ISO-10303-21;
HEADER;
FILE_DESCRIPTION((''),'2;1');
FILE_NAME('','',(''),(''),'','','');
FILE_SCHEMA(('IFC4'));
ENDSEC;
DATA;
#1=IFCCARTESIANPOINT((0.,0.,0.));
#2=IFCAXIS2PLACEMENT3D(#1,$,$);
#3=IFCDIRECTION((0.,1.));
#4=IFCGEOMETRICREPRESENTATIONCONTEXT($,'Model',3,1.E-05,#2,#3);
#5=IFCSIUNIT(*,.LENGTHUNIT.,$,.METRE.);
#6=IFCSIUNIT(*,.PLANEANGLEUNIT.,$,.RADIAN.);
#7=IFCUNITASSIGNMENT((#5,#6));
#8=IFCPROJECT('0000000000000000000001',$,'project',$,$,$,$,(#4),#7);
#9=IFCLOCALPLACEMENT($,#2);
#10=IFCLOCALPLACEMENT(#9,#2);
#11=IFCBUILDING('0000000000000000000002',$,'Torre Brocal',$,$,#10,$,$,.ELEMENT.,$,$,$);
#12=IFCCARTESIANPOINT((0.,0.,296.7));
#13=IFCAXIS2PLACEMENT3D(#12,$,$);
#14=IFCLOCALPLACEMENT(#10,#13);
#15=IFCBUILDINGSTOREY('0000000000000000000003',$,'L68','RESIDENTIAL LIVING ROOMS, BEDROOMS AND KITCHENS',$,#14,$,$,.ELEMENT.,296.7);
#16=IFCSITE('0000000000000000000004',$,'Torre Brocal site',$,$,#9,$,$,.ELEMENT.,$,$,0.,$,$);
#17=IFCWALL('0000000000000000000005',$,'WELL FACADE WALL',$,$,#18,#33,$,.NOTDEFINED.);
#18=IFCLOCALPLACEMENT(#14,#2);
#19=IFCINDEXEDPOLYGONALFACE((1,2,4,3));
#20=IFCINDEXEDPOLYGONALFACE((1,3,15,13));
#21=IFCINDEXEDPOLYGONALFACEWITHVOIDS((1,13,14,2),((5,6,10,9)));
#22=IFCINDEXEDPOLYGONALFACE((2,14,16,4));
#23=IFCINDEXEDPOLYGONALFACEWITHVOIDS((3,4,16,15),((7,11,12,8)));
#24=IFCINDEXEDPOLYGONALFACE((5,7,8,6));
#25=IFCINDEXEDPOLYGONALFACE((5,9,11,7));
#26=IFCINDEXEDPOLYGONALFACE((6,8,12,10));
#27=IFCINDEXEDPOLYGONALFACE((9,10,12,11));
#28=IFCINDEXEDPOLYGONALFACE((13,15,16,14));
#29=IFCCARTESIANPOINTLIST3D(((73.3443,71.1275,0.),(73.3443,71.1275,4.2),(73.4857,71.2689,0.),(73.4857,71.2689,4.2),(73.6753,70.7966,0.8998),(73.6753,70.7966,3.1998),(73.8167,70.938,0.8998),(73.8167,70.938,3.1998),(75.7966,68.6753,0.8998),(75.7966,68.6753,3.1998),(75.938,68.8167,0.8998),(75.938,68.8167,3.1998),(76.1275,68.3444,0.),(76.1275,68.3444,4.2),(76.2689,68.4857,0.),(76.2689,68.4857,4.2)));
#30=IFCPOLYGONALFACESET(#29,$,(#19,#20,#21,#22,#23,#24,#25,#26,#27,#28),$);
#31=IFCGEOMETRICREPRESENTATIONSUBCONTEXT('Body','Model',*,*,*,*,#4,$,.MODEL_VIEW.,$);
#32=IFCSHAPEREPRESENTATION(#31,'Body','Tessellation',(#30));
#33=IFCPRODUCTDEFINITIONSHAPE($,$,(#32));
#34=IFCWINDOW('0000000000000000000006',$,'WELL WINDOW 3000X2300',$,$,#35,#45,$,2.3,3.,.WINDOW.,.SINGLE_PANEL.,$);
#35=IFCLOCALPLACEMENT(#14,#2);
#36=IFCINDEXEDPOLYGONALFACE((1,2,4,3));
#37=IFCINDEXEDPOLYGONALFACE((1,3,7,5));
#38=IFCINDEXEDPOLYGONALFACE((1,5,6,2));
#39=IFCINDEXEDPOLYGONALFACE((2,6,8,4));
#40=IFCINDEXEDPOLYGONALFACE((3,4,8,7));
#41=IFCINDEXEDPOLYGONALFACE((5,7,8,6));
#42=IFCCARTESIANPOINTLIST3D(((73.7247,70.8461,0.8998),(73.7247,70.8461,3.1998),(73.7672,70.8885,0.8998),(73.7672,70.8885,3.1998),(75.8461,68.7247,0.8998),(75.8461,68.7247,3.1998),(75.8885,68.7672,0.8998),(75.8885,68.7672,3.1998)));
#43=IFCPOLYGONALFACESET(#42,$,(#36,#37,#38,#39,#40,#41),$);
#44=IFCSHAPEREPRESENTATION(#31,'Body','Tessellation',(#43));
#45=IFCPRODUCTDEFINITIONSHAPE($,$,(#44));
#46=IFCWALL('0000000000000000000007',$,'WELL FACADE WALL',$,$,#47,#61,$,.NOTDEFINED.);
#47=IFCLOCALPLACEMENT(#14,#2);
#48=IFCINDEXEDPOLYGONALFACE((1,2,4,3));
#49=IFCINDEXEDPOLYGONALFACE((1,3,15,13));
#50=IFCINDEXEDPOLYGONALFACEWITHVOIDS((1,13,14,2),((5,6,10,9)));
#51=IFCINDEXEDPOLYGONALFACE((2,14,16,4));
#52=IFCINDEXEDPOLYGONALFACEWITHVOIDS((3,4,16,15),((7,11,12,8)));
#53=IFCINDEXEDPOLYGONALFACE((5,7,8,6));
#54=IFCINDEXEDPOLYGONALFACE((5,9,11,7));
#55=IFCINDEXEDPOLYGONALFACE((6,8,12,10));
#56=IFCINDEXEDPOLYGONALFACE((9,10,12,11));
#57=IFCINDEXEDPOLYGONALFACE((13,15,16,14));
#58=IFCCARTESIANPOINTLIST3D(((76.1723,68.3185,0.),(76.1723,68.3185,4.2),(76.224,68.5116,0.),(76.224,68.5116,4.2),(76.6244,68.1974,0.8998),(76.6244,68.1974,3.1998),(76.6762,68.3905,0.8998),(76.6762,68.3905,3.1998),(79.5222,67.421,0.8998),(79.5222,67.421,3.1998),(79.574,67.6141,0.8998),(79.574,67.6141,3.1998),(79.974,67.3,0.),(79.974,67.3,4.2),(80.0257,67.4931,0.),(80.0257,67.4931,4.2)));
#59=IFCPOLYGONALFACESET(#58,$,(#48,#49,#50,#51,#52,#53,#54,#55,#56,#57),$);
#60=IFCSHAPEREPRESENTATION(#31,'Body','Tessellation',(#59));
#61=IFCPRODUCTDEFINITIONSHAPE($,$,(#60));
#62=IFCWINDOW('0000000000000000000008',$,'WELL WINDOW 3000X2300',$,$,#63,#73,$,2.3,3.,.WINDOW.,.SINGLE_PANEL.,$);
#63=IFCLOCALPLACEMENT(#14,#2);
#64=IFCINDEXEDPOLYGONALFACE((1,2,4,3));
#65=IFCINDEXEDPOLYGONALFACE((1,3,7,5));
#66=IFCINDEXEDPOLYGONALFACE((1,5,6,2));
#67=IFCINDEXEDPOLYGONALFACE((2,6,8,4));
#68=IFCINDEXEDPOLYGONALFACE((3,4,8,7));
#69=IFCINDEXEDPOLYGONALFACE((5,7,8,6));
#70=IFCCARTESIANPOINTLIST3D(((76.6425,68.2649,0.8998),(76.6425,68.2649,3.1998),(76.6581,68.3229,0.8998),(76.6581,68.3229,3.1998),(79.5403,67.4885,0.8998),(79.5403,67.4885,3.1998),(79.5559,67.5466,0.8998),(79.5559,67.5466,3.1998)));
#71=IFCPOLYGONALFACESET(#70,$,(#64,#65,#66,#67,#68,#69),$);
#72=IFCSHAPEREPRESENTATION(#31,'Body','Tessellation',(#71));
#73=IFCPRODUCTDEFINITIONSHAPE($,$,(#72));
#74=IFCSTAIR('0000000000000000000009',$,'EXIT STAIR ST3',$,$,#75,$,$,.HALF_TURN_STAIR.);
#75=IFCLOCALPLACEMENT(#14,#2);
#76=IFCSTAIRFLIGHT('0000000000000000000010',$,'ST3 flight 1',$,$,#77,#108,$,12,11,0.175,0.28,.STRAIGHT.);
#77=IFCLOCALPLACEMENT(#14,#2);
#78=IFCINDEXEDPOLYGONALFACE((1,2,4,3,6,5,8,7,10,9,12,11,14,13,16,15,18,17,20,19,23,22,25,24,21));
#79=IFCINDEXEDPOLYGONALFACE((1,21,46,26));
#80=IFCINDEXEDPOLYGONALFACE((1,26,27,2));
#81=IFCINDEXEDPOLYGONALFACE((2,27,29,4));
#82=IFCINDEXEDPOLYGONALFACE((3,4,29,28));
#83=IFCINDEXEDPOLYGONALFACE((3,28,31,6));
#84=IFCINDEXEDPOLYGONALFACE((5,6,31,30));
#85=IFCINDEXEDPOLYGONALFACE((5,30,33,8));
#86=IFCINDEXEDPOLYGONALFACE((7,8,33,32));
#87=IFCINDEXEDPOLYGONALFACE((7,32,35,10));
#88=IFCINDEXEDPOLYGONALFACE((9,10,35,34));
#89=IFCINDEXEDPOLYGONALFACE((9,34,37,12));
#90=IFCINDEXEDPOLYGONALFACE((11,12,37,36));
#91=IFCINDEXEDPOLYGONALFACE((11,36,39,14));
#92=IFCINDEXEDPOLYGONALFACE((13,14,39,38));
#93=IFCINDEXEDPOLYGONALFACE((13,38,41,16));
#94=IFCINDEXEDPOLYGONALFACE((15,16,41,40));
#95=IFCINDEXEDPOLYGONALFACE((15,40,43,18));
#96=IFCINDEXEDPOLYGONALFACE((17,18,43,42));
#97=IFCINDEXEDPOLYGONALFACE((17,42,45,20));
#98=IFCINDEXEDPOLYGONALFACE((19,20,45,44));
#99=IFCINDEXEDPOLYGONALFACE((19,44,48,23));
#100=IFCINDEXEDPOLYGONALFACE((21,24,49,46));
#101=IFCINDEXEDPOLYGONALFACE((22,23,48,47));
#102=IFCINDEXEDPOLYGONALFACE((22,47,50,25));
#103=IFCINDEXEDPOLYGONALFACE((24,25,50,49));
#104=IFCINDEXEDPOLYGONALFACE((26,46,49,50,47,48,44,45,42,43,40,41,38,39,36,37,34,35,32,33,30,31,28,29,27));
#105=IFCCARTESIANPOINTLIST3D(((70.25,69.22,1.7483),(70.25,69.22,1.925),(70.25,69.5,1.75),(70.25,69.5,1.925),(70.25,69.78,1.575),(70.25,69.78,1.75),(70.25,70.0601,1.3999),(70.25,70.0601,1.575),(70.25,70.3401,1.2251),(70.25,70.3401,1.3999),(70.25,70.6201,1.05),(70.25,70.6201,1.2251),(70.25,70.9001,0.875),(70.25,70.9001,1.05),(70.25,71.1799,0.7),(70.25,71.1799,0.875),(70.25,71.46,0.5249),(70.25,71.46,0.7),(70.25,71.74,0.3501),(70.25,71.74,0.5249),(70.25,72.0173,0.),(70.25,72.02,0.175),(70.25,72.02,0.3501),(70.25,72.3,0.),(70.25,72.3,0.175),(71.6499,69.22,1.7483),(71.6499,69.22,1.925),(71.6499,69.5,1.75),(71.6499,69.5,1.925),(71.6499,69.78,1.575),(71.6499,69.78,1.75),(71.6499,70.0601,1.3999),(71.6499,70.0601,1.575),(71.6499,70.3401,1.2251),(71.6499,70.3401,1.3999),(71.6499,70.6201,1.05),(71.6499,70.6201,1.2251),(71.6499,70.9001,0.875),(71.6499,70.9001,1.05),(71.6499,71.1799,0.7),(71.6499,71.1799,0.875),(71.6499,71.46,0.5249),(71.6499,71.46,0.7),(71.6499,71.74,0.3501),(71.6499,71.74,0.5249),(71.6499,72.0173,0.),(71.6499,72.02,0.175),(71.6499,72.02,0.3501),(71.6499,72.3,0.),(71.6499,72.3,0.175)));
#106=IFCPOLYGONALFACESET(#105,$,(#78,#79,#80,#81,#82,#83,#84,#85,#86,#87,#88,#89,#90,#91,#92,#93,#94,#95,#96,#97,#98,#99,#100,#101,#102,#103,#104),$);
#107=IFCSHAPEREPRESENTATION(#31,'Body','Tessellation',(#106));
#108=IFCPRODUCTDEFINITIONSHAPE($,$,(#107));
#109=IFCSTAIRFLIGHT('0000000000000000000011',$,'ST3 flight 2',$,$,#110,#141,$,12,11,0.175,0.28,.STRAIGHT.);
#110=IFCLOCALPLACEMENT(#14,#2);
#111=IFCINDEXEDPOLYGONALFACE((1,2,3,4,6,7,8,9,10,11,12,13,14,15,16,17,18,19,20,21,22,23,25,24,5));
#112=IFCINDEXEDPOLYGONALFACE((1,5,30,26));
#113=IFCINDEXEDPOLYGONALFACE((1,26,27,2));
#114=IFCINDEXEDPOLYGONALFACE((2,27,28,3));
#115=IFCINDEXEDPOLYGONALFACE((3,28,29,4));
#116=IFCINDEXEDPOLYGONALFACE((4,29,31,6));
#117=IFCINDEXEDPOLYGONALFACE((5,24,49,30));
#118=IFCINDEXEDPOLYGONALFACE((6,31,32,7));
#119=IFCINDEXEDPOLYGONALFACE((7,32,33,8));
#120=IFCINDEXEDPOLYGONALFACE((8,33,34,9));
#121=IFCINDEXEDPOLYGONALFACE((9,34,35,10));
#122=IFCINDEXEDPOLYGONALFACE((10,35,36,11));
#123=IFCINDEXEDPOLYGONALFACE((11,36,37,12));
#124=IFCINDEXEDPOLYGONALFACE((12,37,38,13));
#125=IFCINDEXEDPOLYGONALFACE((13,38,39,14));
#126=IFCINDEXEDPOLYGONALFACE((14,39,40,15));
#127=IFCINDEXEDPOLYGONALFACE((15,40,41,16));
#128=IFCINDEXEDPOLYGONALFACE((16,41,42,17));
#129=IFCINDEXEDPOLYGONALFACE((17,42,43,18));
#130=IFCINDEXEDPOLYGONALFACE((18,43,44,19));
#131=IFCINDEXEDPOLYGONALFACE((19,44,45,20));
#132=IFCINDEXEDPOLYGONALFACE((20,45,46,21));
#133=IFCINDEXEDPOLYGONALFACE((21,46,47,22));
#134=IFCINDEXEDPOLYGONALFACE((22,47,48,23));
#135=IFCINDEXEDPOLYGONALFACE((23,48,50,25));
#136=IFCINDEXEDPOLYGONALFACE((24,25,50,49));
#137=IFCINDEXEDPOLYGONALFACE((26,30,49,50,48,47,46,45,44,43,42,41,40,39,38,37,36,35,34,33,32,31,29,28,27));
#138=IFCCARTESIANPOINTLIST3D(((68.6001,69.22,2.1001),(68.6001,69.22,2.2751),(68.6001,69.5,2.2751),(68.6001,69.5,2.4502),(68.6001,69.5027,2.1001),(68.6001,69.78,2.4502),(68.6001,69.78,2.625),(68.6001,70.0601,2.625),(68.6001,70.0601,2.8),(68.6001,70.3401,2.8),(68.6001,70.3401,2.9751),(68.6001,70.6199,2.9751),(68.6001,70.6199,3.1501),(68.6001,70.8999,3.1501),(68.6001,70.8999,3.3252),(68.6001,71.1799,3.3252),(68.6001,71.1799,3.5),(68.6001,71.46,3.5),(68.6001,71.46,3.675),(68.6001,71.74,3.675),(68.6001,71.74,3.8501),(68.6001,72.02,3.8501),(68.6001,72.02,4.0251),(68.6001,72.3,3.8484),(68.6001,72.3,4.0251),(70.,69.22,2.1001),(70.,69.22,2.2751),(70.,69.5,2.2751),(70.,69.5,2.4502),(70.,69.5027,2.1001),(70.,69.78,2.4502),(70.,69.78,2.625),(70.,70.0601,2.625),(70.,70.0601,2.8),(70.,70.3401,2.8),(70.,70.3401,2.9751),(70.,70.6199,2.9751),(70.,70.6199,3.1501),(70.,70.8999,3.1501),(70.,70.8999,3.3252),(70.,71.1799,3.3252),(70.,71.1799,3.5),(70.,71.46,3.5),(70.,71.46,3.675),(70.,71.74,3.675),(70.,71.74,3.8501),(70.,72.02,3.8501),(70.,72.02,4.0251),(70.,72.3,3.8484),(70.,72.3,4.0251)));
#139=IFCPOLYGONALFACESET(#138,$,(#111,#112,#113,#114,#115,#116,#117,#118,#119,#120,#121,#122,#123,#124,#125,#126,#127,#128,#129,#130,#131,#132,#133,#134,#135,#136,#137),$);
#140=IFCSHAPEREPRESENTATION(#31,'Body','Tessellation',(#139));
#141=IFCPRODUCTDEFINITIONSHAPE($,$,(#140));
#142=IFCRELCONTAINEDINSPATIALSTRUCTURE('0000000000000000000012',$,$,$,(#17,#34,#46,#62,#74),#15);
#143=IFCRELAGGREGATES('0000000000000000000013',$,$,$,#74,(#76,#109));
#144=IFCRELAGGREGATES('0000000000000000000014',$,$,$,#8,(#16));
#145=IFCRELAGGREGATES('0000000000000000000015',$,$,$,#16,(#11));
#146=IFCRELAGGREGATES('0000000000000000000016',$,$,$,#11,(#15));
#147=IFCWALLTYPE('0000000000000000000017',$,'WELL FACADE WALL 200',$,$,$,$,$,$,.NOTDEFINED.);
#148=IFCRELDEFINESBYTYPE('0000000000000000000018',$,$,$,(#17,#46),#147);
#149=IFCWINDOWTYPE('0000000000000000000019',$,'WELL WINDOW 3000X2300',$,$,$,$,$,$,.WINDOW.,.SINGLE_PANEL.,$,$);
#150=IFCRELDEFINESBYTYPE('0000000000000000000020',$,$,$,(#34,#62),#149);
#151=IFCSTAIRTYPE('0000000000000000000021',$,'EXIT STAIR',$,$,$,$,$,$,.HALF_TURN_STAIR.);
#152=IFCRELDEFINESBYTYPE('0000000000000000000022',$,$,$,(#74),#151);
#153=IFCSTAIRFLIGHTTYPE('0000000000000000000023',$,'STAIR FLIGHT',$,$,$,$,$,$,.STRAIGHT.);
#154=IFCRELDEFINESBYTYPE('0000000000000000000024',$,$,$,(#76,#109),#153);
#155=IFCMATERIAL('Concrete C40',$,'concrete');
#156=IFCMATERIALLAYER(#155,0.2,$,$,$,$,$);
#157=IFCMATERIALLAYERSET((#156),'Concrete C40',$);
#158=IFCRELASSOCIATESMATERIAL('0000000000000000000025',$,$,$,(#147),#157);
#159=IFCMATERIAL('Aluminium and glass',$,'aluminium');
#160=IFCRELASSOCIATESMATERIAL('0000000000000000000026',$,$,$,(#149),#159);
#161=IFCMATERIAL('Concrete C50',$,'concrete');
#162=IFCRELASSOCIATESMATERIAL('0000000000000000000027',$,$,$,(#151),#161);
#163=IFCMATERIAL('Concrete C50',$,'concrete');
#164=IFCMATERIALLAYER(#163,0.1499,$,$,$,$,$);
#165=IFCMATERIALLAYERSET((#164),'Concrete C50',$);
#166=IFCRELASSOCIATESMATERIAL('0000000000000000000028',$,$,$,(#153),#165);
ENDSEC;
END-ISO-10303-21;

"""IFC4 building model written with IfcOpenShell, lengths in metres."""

from ifc_helpers import new_model, si_unit, direction, frame, frame_2d, origin, place, context, subcontext, project, spatial, polyline, rectangle, outline, extrude, material, layer, layer_set, type_object, element, fill, aggregate, save


model = new_model("IFC4")

# Units and contexts
model_context = context("Model", 3, precision=1e-05, world=origin(), true_north=direction((0.0, 1.0)))
body_context = subcontext(model_context, "Body", "Model", "MODEL_VIEW")
ifc_project = project(units=[si_unit("LENGTHUNIT", "METRE"), si_unit("PLANEANGLEUNIT", "RADIAN")], contexts=[model_context])

# Site, building, storey
site_placement = place(None, origin())
site = spatial("IfcSite", under=ifc_project, at=site_placement, Name="Torre Brocal site", CompositionType="ELEMENT", RefElevation=0.0)
building_placement = place(site_placement, origin())
building = spatial("IfcBuilding", under=site, at=building_placement, Name="Torre Brocal", CompositionType="ELEMENT")
storey_placement = place(building_placement, frame((0.0, 0.0, 296.7)))
storey = spatial("IfcBuildingStorey", under=building, at=storey_placement, Name="L68", Description="RESIDENTIAL LIVING ROOMS, BEDROOMS AND KITCHENS", CompositionType="ELEMENT", Elevation=296.7)

# Walls, openings, windows
ifc_material_1 = material(Name="Concrete C40", Category="concrete")
ifc_layer_1 = layer(ifc_material_1, 0.2)
ifc_layer_set_1 = layer_set([ifc_layer_1], Name="Concrete C40")
wall_type_1 = type_object("IfcWallType", Name="WELL FACADE WALL 200", PredefinedType="NOTDEFINED", material=ifc_layer_set_1)
wall_1_placement = place(storey_placement, frame((73.415, 71.1982, 0.0), z_axis=(0.0, 0.0, 1.0), x_axis=(0.707107, -0.707107, 0.0)))
wall_1 = element("IfcWall", 1, at=wall_1_placement, inside=storey, type_object=wall_type_1, Name="WELL FACADE WALL", PredefinedType="NOTDEFINED", context=body_context, shape_type="SweptSolid", body=[
    extrude(rectangle(XDim=3.936, YDim=0.2, at=frame_2d((1.968, 0.0))), origin(), (0.0, 0.0, 1.0), 4.2),
])
opening_1_placement = place(wall_1_placement, frame((0.468, 0.0, 0.8999)))
opening_1 = element("IfcOpeningElement", 2, at=opening_1_placement, cuts=wall_1, PredefinedType="OPENING", context=body_context, shape_type="SweptSolid", body=[
    extrude(rectangle(XDim=3.0, YDim=2.3, at=frame_2d((1.5, 1.1499))), frame((0.0, 0.1099, 0.0), z_axis=(0.0, -1.0, 0.0), x_axis=(1.0, 0.0, 0.0)), (0.0, 0.0, 1.0), 0.22),
])
ifc_material_2 = material(Name="Aluminium and glass", Category="aluminium")
window_type = type_object("IfcWindowType", Name="WELL WINDOW 3000X2300", PartitioningType="SINGLE_PANEL", PredefinedType="WINDOW", material=ifc_material_2)
window_1_placement = place(opening_1_placement, origin())
window_1 = element("IfcWindow", 3, at=window_1_placement, inside=storey, type_object=window_type, Name="WELL WINDOW 3000X2300", OverallHeight=2.3, OverallWidth=3.0, PartitioningType="SINGLE_PANEL", PredefinedType="WINDOW", context=body_context, shape_type="SweptSolid", body=[
    extrude(rectangle(XDim=3.0, YDim=2.3, at=frame_2d((1.5, 1.1499))), frame((0.0, 0.03, 0.0), z_axis=(0.0, -1.0, 0.0), x_axis=(1.0, 0.0, 0.0)), (0.0, 0.0, 1.0), 0.0601),
])
fill(opening_1, window_1)
wall_2_placement = place(storey_placement, frame((76.1982, 68.415, 0.0), z_axis=(0.0, 0.0, 1.0), x_axis=(0.965934, -0.25879, 0.0)))
wall_2 = element("IfcWall", 4, at=wall_2_placement, inside=storey, type_object=wall_type_1, Name="WELL FACADE WALL", PredefinedType="NOTDEFINED", context=body_context, shape_type="SweptSolid", body=[
    extrude(rectangle(XDim=3.9358, YDim=0.2, at=frame_2d((1.9678, 0.0))), origin(), (0.0, 0.0, 1.0), 4.2),
])
opening_2_placement = place(wall_2_placement, frame((0.468, 0.0, 0.8999)))
opening_2 = element("IfcOpeningElement", 5, at=opening_2_placement, cuts=wall_2, PredefinedType="OPENING", context=body_context, shape_type="SweptSolid", body=[
    extrude(rectangle(XDim=3.0, YDim=2.3, at=frame_2d((1.5, 1.1499))), frame((0.0, 0.1099, 0.0), z_axis=(0.0, -1.0, 0.0), x_axis=(1.0, 0.0, 0.0)), (0.0, 0.0, 1.0), 0.22),
])
window_2_placement = place(opening_2_placement, origin())
window_2 = element("IfcWindow", 6, at=window_2_placement, inside=storey, type_object=window_type, Name="WELL WINDOW 3000X2300", OverallHeight=2.3, OverallWidth=3.0, PartitioningType="SINGLE_PANEL", PredefinedType="WINDOW", context=body_context, shape_type="SweptSolid", body=[
    extrude(rectangle(XDim=3.0, YDim=2.3, at=frame_2d((1.5, 1.1499))), frame((0.0, 0.03, 0.0), z_axis=(0.0, -1.0, 0.0), x_axis=(1.0, 0.0, 0.0)), (0.0, 0.0, 1.0), 0.0601),
])
fill(opening_2, window_2)

# Stair, stair flights
ifc_material_3 = material(Name="Concrete C50", Category="concrete")
stair_type = type_object("IfcStairType", Name="EXIT STAIR", PredefinedType="HALF_TURN_STAIR", material=ifc_material_3)
stair_placement = place(storey_placement, origin())
stair = element("IfcStair", 7, at=stair_placement, inside=storey, type_object=stair_type, Name="EXIT STAIR ST3", PredefinedType="HALF_TURN_STAIR")
ifc_material_4 = material(Name="Concrete C50", Category="concrete")
ifc_layer_2 = layer(ifc_material_4, 0.1499)
ifc_layer_set_2 = layer_set([ifc_layer_2], Name="Concrete C50")
stair_flight_type = type_object("IfcStairFlightType", Name="STAIR FLIGHT", PredefinedType="STRAIGHT", material=ifc_layer_set_2)
stair_flight_1_placement = place(storey_placement, frame((70.95, 72.3, 0.0), z_axis=(0.0, 0.0, 1.0), x_axis=(0.0, -1.0, 0.0)))
stair_flight_1 = element("IfcStairFlight", 8, at=stair_flight_1_placement, type_object=stair_flight_type, Name="ST3 flight 1", NumberOfRisers=12, NumberOfTreads=11, PredefinedType="STRAIGHT", RiserHeight=0.175, TreadLength=0.28, context=body_context, shape_type="SweptSolid", body=[
    extrude(outline(polyline([(0.0, 0.0), (0.0, 0.175), (0.28, 0.175), (0.28, 0.3501), (0.5601, 0.3501), (0.5601, 0.5249), (0.8401, 0.5249), (0.8401, 0.7), (1.1201, 0.7), (1.1201, 0.875), (1.3999, 0.875), (1.3999, 1.05), (1.6799, 1.05), (1.6799, 1.2251), (1.96, 1.2251), (1.96, 1.3999), (2.24, 1.3999), (2.24, 1.575), (2.52, 1.575), (2.52, 1.75), (2.8, 1.75), (2.8, 1.925), (3.0801, 1.925), (3.0801, 2.1001), (3.0801, 1.7483), (0.2827, 0.0), (0.0, 0.0)])), frame((0.0, 0.7, 0.0), z_axis=(0.0, -1.0, 0.0), x_axis=(1.0, 0.0, 0.0)), (0.0, 0.0, 1.0), 1.3999),
])
stair_flight_2_placement = place(storey_placement, frame((69.3, 69.22, 2.1001), z_axis=(0.0, 0.0, 1.0), x_axis=(0.0, 1.0, 0.0)))
stair_flight_2 = element("IfcStairFlight", 9, at=stair_flight_2_placement, type_object=stair_flight_type, Name="ST3 flight 2", NumberOfRisers=12, NumberOfTreads=11, PredefinedType="STRAIGHT", RiserHeight=0.175, TreadLength=0.28, context=body_context, shape_type="SweptSolid", body=[
    extrude(outline(polyline([(0.0, 0.0), (0.0, 0.175), (0.28, 0.175), (0.28, 0.3501), (0.5601, 0.3501), (0.5601, 0.5249), (0.8401, 0.5249), (0.8401, 0.7), (1.1201, 0.7), (1.1201, 0.875), (1.3999, 0.875), (1.3999, 1.05), (1.6799, 1.05), (1.6799, 1.2251), (1.96, 1.2251), (1.96, 1.3999), (2.24, 1.3999), (2.24, 1.575), (2.52, 1.575), (2.52, 1.75), (2.8, 1.75), (2.8, 1.925), (3.0801, 1.925), (3.0801, 2.1001), (3.0801, 1.7483), (0.2827, 0.0), (0.0, 0.0)])), frame((0.0, 0.7, 0.0), z_axis=(0.0, -1.0, 0.0), x_axis=(1.0, 0.0, 0.0)), (0.0, 0.0, 1.0), 1.3999),
])
aggregate(stair, [stair_flight_1, stair_flight_2])

save(model, "model.ifc")
